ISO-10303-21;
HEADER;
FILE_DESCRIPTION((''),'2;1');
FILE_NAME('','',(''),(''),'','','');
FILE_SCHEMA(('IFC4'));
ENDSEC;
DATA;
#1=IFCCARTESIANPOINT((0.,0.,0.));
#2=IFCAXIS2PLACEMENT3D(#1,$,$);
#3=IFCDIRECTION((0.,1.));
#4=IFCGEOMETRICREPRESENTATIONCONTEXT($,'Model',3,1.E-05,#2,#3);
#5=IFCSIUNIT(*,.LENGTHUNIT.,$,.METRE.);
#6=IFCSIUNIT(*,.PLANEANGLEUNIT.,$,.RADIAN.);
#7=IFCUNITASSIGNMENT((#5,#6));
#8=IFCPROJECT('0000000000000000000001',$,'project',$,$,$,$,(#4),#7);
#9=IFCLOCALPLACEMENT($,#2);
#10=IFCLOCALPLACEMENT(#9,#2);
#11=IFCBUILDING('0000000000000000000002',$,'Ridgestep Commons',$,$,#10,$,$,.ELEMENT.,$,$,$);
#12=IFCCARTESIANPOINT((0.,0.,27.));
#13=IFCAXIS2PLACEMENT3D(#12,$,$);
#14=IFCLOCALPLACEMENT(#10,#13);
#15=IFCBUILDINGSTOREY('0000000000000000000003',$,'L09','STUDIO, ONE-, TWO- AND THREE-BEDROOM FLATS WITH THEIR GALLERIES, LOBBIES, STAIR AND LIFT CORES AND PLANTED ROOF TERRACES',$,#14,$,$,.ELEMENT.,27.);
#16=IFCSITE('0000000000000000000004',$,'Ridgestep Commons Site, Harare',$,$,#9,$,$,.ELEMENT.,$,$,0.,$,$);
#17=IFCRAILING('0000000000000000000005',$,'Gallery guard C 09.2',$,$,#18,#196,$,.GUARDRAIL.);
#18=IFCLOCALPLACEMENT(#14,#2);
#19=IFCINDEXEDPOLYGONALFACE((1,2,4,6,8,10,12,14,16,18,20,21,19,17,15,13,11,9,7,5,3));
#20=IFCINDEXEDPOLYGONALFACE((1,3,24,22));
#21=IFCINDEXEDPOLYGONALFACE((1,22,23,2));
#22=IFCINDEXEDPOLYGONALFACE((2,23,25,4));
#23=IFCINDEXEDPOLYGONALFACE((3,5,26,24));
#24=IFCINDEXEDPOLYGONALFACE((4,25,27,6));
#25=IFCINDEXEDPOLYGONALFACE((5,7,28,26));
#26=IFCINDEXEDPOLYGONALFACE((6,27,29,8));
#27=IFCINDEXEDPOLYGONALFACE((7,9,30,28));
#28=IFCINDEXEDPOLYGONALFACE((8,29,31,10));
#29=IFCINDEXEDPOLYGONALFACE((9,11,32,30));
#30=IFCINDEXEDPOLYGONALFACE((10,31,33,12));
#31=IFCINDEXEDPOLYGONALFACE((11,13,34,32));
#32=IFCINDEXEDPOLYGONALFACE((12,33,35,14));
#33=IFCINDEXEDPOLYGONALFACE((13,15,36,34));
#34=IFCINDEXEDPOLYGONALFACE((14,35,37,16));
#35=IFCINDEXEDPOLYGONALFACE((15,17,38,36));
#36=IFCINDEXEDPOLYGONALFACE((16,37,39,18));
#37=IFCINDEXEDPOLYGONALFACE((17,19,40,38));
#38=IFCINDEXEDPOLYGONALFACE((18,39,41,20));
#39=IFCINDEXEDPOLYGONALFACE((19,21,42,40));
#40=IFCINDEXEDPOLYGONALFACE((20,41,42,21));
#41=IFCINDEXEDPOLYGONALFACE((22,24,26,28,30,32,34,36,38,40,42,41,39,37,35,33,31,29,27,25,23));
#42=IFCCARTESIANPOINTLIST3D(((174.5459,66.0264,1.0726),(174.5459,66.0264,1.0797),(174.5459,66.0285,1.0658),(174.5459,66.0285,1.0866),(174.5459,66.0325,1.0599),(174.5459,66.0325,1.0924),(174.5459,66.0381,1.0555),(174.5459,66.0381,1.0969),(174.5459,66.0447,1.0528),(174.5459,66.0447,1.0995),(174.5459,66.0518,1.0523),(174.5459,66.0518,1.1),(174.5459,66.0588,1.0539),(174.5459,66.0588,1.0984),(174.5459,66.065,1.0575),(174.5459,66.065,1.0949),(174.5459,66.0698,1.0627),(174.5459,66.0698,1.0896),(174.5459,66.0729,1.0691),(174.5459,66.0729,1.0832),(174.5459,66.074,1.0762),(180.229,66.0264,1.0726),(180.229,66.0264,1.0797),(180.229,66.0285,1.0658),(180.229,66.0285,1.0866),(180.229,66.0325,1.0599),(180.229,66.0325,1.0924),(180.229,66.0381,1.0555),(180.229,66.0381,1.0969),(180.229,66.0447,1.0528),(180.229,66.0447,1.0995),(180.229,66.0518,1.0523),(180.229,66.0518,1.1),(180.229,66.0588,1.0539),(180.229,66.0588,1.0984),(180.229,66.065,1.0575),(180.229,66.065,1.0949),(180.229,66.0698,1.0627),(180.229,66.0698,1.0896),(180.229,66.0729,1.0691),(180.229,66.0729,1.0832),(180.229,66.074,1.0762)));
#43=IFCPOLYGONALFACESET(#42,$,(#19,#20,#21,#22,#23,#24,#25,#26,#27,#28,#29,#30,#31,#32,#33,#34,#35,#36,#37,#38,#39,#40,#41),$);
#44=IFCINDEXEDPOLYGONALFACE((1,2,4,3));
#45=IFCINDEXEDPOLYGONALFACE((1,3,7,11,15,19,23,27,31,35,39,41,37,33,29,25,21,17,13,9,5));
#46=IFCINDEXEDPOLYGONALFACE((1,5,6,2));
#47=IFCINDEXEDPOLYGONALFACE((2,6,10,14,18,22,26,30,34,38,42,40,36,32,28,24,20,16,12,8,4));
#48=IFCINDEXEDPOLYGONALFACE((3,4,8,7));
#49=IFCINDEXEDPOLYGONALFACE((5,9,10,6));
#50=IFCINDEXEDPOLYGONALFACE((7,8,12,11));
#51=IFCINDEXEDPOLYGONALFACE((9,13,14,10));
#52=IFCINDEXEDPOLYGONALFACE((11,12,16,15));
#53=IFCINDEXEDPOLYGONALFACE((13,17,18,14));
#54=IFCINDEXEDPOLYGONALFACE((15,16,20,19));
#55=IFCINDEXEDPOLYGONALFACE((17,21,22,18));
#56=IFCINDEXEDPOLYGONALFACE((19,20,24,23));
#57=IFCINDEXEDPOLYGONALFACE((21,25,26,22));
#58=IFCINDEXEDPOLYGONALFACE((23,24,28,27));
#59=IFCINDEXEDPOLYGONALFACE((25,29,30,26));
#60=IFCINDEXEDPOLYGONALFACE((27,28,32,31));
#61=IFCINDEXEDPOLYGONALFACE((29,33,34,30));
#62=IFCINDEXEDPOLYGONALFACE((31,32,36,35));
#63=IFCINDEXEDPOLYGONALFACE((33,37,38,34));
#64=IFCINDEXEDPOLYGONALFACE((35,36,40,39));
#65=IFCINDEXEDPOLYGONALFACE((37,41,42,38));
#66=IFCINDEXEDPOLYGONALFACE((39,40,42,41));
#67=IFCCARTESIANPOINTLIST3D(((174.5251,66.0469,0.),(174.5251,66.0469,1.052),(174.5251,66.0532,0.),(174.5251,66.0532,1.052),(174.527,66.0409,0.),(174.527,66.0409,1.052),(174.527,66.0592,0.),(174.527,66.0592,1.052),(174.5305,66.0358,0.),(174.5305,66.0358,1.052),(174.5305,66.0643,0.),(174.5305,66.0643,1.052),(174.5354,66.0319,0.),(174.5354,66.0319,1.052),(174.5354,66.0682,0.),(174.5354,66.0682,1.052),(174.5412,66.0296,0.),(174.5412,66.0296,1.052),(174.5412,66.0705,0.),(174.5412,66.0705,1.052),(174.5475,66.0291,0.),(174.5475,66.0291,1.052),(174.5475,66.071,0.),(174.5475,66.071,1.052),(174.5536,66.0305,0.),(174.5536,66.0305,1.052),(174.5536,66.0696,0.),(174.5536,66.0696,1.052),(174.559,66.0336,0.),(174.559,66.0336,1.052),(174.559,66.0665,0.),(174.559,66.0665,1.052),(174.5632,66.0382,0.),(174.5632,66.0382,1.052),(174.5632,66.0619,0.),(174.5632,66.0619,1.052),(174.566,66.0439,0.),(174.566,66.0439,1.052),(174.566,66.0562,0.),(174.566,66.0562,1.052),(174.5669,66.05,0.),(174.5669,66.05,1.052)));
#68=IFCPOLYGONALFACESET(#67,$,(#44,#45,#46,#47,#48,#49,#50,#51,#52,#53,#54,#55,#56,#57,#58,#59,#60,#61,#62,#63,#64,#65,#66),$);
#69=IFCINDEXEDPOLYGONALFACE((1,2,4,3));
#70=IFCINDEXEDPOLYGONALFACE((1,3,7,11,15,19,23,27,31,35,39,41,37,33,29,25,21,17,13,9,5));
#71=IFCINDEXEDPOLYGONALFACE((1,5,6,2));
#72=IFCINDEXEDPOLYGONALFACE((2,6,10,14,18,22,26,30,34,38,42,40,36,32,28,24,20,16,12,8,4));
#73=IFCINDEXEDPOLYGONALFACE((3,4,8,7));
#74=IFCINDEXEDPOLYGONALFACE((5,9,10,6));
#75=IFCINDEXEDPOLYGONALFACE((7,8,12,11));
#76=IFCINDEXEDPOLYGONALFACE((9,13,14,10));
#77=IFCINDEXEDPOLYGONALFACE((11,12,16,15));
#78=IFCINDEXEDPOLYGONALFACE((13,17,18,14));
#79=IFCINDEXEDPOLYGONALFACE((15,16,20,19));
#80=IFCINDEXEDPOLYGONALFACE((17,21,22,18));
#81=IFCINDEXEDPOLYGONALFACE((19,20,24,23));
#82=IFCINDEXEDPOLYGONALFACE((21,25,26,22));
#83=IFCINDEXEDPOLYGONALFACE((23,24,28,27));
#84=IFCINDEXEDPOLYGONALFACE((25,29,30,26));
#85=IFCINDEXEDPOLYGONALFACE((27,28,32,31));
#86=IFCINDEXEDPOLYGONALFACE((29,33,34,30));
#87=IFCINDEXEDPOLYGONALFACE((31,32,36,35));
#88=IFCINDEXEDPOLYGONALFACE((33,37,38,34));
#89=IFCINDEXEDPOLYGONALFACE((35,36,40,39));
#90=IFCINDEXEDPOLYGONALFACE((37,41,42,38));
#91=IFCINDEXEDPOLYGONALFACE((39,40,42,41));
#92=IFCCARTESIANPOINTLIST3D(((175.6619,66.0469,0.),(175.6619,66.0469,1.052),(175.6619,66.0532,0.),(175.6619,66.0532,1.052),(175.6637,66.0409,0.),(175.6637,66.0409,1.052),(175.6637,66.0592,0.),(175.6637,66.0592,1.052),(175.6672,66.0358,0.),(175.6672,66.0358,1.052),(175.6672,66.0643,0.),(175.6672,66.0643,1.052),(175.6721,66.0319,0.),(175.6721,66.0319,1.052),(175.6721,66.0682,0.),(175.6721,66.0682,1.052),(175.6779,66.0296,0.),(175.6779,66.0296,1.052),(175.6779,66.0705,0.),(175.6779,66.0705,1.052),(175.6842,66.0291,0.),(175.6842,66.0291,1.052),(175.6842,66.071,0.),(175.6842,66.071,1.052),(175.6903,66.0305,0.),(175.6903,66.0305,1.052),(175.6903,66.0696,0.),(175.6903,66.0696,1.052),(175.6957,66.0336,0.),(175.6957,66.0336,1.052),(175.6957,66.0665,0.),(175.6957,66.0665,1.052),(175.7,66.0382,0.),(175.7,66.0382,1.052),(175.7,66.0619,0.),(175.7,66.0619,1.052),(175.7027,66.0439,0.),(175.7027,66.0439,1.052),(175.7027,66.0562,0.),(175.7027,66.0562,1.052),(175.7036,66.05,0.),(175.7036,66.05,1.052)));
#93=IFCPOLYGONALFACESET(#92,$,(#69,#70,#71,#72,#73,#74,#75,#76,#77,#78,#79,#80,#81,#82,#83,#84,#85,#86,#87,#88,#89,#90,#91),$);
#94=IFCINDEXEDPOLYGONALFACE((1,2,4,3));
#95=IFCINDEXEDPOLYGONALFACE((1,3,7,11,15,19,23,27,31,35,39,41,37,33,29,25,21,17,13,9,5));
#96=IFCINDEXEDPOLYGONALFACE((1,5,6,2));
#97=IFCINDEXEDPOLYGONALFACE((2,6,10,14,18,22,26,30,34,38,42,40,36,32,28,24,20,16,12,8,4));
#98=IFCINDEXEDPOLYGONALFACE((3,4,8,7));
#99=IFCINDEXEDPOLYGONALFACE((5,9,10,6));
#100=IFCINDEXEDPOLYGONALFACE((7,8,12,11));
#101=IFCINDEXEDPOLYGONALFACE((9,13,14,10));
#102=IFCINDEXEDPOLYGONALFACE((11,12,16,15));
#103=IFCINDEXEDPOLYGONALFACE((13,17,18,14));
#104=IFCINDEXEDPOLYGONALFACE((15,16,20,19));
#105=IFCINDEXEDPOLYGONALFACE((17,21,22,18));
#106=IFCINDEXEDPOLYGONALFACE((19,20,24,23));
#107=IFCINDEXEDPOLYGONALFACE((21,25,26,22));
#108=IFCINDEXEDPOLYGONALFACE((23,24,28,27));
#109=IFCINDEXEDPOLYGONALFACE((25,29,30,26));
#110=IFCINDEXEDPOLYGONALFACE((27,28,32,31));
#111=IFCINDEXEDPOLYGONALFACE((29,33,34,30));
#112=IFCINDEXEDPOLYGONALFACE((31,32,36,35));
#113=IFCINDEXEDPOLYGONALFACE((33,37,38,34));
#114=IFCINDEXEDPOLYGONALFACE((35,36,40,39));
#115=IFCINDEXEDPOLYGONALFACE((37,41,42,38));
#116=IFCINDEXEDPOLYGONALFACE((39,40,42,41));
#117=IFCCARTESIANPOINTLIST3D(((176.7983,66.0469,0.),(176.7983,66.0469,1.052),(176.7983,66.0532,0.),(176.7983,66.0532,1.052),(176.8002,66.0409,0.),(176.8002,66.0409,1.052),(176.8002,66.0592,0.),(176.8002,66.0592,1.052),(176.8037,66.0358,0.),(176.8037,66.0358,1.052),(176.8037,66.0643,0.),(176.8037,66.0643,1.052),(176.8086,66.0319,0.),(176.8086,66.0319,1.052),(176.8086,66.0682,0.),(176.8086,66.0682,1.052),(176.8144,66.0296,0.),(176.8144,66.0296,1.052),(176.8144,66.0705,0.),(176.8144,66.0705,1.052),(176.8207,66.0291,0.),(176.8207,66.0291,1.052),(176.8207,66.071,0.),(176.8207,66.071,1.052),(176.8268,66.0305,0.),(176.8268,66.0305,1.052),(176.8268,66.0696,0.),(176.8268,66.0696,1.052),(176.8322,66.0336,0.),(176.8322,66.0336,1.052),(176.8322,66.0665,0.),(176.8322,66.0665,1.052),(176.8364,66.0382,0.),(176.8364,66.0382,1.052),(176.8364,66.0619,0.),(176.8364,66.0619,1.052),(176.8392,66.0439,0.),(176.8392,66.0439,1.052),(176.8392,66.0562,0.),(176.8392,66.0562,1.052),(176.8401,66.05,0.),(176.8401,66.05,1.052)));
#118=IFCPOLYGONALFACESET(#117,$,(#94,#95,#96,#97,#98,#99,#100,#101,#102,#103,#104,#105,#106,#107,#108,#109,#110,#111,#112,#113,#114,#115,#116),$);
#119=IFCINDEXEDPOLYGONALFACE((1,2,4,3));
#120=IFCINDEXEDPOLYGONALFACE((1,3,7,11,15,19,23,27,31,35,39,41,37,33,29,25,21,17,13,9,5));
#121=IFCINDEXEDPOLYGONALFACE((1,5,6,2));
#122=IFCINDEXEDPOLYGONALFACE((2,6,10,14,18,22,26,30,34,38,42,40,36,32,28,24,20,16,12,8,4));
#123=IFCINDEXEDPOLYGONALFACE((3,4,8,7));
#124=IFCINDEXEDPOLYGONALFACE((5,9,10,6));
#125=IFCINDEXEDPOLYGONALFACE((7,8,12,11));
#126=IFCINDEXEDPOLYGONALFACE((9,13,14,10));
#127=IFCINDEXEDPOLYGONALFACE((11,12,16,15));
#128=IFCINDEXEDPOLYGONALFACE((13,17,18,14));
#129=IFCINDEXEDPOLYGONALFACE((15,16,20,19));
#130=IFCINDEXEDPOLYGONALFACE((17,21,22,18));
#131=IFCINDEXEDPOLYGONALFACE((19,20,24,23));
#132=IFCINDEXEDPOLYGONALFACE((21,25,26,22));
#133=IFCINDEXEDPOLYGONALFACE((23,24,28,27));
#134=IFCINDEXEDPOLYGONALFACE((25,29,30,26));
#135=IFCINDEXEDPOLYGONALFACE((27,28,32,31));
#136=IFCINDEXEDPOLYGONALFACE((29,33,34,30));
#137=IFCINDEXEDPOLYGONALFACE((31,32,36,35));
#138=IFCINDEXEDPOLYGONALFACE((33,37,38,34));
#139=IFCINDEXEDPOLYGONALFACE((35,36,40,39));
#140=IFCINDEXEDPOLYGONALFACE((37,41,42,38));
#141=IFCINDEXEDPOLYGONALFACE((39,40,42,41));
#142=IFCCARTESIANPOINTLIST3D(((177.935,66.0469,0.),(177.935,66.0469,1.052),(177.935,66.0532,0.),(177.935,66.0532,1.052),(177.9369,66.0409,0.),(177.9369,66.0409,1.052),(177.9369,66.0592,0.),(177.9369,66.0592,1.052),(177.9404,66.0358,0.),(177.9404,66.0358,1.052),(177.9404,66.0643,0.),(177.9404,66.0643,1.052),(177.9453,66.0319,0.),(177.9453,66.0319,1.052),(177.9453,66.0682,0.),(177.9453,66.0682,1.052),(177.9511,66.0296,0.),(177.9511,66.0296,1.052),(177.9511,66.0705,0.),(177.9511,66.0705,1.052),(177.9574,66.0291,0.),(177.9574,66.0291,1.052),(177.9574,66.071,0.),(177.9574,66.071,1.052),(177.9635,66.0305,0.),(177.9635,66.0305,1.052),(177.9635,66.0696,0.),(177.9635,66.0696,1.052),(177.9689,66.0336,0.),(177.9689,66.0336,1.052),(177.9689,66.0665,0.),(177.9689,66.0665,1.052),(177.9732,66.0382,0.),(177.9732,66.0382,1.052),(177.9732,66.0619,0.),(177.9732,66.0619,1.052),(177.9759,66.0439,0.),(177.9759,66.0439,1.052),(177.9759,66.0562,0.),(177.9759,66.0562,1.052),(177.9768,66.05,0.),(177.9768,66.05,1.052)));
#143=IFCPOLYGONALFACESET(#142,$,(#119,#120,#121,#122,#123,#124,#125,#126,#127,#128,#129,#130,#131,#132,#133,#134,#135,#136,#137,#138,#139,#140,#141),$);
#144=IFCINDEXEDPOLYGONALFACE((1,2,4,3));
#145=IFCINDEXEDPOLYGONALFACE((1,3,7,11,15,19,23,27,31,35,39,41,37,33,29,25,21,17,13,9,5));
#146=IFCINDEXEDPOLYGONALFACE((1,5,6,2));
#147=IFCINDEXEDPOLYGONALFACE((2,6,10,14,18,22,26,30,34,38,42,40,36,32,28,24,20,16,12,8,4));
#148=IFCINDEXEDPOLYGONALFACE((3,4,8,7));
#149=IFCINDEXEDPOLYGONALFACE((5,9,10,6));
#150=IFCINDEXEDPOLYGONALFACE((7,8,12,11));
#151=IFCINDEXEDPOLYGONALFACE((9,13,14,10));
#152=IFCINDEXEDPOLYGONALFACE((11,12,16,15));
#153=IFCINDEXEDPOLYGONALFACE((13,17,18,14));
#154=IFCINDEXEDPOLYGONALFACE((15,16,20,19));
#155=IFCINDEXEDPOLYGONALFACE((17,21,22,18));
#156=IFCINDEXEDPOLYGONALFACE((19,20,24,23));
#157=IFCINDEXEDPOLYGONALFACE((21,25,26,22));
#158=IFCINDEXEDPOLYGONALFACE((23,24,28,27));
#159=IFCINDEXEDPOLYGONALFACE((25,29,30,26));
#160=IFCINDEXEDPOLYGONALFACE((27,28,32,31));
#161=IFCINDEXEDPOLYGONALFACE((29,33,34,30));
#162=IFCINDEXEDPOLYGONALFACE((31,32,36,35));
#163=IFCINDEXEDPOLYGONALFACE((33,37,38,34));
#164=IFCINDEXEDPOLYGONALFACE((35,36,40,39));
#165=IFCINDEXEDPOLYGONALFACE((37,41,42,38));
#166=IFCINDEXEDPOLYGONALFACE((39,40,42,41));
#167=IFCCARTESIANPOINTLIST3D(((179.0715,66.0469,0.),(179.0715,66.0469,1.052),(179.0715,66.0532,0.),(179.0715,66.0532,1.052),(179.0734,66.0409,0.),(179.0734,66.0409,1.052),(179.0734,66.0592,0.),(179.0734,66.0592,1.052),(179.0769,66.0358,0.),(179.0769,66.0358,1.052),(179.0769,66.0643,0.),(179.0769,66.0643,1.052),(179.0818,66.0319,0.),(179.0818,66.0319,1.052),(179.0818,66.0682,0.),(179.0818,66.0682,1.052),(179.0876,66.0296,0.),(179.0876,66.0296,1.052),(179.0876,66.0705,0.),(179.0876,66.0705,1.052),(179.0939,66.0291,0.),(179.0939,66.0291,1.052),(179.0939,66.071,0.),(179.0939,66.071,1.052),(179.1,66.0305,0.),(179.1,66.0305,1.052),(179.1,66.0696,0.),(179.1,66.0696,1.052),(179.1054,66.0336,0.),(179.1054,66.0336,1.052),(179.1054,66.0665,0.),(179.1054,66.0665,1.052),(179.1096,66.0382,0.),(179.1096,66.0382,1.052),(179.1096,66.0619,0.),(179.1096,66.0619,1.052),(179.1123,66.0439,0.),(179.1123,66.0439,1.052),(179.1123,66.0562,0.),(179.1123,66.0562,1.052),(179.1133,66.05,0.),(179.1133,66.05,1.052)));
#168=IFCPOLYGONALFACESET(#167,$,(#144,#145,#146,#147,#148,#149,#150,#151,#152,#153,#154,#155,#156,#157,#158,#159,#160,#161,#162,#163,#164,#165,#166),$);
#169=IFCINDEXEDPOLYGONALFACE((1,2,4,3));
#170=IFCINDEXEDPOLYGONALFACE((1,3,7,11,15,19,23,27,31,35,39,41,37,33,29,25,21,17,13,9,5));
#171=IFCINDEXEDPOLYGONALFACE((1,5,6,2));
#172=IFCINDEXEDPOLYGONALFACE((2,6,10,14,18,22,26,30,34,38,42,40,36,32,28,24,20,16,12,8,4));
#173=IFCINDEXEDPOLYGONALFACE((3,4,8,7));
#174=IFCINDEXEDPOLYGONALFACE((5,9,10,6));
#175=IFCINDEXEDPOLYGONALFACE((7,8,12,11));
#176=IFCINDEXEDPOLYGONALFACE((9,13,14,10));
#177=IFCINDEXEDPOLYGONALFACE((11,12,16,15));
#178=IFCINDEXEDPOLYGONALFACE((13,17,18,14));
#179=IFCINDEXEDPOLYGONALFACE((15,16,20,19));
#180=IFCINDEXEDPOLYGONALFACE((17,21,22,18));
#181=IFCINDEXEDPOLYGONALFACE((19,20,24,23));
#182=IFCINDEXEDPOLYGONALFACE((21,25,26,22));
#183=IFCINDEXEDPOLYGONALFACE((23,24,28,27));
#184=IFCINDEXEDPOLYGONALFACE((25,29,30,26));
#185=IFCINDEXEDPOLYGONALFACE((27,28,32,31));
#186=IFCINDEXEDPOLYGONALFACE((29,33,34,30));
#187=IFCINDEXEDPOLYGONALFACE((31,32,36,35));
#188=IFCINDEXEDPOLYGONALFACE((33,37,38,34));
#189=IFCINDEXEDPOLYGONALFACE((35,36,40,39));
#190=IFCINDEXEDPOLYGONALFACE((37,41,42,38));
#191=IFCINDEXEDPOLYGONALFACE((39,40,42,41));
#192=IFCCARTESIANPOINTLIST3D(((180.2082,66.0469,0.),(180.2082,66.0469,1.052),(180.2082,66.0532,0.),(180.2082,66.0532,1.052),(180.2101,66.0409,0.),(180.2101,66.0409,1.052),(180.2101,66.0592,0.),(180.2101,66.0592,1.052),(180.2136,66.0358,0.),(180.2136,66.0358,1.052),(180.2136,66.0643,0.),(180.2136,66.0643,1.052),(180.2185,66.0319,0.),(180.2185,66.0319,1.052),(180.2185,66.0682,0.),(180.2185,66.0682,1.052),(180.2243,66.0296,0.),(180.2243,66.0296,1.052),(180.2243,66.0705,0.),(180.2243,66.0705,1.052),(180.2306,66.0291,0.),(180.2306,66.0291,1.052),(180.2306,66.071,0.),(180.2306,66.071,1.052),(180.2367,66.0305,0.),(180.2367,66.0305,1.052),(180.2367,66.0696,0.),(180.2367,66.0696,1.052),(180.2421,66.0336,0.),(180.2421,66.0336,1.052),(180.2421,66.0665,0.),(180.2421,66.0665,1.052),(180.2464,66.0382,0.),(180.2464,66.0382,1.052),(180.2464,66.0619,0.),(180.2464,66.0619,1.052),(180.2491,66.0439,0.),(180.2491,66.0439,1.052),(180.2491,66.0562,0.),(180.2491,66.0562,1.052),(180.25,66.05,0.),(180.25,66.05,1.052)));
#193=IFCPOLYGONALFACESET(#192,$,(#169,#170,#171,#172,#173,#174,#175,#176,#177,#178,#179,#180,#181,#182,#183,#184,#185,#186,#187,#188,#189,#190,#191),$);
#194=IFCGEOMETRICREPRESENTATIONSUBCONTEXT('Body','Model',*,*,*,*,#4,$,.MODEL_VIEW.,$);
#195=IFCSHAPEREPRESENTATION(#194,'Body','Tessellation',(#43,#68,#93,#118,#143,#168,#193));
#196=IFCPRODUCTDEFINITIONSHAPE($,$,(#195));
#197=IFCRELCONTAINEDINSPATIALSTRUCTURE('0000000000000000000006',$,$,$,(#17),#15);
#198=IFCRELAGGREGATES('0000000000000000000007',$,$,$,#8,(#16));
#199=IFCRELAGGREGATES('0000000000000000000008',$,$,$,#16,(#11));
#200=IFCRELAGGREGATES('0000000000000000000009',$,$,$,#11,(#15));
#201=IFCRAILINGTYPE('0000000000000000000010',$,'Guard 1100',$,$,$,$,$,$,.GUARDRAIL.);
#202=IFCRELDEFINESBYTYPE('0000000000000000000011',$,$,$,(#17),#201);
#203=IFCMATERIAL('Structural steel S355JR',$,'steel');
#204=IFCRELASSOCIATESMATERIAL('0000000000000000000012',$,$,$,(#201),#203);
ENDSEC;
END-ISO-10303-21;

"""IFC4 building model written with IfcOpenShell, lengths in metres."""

from ifc_helpers import new_model, si_unit, direction, frame, origin, origin_2d, place, context, subcontext, project, spatial, circle, extrude, material, type_object, element, save


model = new_model("IFC4")

# Units and contexts
model_context = context("Model", 3, precision=1e-05, world=origin(), true_north=direction((0.0, 1.0)))
body_context = subcontext(model_context, "Body", "Model", "MODEL_VIEW")
ifc_project = project(units=[si_unit("LENGTHUNIT", "METRE"), si_unit("PLANEANGLEUNIT", "RADIAN")], contexts=[model_context])

# Site, building, storey
site_placement = place(None, origin())
site = spatial("IfcSite", under=ifc_project, at=site_placement, Name="Ridgestep Commons Site, Harare", CompositionType="ELEMENT", RefElevation=0.0)
building_placement = place(site_placement, origin())
building = spatial("IfcBuilding", under=site, at=building_placement, Name="Ridgestep Commons", CompositionType="ELEMENT")
storey_placement = place(building_placement, frame((0.0, 0.0, 27.0)))
storey = spatial("IfcBuildingStorey", under=building, at=storey_placement, Name="L09", Description="STUDIO, ONE-, TWO- AND THREE-BEDROOM FLATS WITH THEIR GALLERIES, LOBBIES, STAIR AND LIFT CORES AND PLANTED ROOF TERRACES", CompositionType="ELEMENT", Elevation=27.0)

# Railing
ifc_material_1 = material(Name="Structural steel S355JR", Category="steel")
railing_type_1 = type_object("IfcRailingType", Name="Guard 1100", PredefinedType="GUARDRAIL", material=ifc_material_1)
railing_1_placement = place(storey_placement, frame((174.5459, 66.05, 0.0)))
element("IfcRailing", 1, at=railing_1_placement, inside=storey, type_object=railing_type_1, Name="Gallery guard C 09.2", PredefinedType="GUARDRAIL", context=body_context, shape_type="SweptSolid", body=[
    extrude(circle(Radius=0.0239, at=origin_2d()), frame((0.0, 0.0, 1.0762), z_axis=(1.0, 0.0, 0.0), x_axis=(0.0, 1.0, 0.0)), (0.0, 0.0, 1.0), 5.6831),
    extrude(circle(Radius=0.021, at=origin_2d()), origin(), (0.0, 0.0, 1.0), 1.052),
    extrude(circle(Radius=0.021, at=origin_2d()), frame((1.1367, 0.0, 0.0)), (0.0, 0.0, 1.0), 1.052),
    extrude(circle(Radius=0.021, at=origin_2d()), frame((2.2732, 0.0, 0.0)), (0.0, 0.0, 1.0), 1.052),
    extrude(circle(Radius=0.021, at=origin_2d()), frame((3.4099, 0.0, 0.0)), (0.0, 0.0, 1.0), 1.052),
    extrude(circle(Radius=0.021, at=origin_2d()), frame((4.5464, 0.0, 0.0)), (0.0, 0.0, 1.0), 1.052),
    extrude(circle(Radius=0.021, at=origin_2d()), frame((5.6831, 0.0, 0.0)), (0.0, 0.0, 1.0), 1.052),
])

save(model, "model.ifc")
